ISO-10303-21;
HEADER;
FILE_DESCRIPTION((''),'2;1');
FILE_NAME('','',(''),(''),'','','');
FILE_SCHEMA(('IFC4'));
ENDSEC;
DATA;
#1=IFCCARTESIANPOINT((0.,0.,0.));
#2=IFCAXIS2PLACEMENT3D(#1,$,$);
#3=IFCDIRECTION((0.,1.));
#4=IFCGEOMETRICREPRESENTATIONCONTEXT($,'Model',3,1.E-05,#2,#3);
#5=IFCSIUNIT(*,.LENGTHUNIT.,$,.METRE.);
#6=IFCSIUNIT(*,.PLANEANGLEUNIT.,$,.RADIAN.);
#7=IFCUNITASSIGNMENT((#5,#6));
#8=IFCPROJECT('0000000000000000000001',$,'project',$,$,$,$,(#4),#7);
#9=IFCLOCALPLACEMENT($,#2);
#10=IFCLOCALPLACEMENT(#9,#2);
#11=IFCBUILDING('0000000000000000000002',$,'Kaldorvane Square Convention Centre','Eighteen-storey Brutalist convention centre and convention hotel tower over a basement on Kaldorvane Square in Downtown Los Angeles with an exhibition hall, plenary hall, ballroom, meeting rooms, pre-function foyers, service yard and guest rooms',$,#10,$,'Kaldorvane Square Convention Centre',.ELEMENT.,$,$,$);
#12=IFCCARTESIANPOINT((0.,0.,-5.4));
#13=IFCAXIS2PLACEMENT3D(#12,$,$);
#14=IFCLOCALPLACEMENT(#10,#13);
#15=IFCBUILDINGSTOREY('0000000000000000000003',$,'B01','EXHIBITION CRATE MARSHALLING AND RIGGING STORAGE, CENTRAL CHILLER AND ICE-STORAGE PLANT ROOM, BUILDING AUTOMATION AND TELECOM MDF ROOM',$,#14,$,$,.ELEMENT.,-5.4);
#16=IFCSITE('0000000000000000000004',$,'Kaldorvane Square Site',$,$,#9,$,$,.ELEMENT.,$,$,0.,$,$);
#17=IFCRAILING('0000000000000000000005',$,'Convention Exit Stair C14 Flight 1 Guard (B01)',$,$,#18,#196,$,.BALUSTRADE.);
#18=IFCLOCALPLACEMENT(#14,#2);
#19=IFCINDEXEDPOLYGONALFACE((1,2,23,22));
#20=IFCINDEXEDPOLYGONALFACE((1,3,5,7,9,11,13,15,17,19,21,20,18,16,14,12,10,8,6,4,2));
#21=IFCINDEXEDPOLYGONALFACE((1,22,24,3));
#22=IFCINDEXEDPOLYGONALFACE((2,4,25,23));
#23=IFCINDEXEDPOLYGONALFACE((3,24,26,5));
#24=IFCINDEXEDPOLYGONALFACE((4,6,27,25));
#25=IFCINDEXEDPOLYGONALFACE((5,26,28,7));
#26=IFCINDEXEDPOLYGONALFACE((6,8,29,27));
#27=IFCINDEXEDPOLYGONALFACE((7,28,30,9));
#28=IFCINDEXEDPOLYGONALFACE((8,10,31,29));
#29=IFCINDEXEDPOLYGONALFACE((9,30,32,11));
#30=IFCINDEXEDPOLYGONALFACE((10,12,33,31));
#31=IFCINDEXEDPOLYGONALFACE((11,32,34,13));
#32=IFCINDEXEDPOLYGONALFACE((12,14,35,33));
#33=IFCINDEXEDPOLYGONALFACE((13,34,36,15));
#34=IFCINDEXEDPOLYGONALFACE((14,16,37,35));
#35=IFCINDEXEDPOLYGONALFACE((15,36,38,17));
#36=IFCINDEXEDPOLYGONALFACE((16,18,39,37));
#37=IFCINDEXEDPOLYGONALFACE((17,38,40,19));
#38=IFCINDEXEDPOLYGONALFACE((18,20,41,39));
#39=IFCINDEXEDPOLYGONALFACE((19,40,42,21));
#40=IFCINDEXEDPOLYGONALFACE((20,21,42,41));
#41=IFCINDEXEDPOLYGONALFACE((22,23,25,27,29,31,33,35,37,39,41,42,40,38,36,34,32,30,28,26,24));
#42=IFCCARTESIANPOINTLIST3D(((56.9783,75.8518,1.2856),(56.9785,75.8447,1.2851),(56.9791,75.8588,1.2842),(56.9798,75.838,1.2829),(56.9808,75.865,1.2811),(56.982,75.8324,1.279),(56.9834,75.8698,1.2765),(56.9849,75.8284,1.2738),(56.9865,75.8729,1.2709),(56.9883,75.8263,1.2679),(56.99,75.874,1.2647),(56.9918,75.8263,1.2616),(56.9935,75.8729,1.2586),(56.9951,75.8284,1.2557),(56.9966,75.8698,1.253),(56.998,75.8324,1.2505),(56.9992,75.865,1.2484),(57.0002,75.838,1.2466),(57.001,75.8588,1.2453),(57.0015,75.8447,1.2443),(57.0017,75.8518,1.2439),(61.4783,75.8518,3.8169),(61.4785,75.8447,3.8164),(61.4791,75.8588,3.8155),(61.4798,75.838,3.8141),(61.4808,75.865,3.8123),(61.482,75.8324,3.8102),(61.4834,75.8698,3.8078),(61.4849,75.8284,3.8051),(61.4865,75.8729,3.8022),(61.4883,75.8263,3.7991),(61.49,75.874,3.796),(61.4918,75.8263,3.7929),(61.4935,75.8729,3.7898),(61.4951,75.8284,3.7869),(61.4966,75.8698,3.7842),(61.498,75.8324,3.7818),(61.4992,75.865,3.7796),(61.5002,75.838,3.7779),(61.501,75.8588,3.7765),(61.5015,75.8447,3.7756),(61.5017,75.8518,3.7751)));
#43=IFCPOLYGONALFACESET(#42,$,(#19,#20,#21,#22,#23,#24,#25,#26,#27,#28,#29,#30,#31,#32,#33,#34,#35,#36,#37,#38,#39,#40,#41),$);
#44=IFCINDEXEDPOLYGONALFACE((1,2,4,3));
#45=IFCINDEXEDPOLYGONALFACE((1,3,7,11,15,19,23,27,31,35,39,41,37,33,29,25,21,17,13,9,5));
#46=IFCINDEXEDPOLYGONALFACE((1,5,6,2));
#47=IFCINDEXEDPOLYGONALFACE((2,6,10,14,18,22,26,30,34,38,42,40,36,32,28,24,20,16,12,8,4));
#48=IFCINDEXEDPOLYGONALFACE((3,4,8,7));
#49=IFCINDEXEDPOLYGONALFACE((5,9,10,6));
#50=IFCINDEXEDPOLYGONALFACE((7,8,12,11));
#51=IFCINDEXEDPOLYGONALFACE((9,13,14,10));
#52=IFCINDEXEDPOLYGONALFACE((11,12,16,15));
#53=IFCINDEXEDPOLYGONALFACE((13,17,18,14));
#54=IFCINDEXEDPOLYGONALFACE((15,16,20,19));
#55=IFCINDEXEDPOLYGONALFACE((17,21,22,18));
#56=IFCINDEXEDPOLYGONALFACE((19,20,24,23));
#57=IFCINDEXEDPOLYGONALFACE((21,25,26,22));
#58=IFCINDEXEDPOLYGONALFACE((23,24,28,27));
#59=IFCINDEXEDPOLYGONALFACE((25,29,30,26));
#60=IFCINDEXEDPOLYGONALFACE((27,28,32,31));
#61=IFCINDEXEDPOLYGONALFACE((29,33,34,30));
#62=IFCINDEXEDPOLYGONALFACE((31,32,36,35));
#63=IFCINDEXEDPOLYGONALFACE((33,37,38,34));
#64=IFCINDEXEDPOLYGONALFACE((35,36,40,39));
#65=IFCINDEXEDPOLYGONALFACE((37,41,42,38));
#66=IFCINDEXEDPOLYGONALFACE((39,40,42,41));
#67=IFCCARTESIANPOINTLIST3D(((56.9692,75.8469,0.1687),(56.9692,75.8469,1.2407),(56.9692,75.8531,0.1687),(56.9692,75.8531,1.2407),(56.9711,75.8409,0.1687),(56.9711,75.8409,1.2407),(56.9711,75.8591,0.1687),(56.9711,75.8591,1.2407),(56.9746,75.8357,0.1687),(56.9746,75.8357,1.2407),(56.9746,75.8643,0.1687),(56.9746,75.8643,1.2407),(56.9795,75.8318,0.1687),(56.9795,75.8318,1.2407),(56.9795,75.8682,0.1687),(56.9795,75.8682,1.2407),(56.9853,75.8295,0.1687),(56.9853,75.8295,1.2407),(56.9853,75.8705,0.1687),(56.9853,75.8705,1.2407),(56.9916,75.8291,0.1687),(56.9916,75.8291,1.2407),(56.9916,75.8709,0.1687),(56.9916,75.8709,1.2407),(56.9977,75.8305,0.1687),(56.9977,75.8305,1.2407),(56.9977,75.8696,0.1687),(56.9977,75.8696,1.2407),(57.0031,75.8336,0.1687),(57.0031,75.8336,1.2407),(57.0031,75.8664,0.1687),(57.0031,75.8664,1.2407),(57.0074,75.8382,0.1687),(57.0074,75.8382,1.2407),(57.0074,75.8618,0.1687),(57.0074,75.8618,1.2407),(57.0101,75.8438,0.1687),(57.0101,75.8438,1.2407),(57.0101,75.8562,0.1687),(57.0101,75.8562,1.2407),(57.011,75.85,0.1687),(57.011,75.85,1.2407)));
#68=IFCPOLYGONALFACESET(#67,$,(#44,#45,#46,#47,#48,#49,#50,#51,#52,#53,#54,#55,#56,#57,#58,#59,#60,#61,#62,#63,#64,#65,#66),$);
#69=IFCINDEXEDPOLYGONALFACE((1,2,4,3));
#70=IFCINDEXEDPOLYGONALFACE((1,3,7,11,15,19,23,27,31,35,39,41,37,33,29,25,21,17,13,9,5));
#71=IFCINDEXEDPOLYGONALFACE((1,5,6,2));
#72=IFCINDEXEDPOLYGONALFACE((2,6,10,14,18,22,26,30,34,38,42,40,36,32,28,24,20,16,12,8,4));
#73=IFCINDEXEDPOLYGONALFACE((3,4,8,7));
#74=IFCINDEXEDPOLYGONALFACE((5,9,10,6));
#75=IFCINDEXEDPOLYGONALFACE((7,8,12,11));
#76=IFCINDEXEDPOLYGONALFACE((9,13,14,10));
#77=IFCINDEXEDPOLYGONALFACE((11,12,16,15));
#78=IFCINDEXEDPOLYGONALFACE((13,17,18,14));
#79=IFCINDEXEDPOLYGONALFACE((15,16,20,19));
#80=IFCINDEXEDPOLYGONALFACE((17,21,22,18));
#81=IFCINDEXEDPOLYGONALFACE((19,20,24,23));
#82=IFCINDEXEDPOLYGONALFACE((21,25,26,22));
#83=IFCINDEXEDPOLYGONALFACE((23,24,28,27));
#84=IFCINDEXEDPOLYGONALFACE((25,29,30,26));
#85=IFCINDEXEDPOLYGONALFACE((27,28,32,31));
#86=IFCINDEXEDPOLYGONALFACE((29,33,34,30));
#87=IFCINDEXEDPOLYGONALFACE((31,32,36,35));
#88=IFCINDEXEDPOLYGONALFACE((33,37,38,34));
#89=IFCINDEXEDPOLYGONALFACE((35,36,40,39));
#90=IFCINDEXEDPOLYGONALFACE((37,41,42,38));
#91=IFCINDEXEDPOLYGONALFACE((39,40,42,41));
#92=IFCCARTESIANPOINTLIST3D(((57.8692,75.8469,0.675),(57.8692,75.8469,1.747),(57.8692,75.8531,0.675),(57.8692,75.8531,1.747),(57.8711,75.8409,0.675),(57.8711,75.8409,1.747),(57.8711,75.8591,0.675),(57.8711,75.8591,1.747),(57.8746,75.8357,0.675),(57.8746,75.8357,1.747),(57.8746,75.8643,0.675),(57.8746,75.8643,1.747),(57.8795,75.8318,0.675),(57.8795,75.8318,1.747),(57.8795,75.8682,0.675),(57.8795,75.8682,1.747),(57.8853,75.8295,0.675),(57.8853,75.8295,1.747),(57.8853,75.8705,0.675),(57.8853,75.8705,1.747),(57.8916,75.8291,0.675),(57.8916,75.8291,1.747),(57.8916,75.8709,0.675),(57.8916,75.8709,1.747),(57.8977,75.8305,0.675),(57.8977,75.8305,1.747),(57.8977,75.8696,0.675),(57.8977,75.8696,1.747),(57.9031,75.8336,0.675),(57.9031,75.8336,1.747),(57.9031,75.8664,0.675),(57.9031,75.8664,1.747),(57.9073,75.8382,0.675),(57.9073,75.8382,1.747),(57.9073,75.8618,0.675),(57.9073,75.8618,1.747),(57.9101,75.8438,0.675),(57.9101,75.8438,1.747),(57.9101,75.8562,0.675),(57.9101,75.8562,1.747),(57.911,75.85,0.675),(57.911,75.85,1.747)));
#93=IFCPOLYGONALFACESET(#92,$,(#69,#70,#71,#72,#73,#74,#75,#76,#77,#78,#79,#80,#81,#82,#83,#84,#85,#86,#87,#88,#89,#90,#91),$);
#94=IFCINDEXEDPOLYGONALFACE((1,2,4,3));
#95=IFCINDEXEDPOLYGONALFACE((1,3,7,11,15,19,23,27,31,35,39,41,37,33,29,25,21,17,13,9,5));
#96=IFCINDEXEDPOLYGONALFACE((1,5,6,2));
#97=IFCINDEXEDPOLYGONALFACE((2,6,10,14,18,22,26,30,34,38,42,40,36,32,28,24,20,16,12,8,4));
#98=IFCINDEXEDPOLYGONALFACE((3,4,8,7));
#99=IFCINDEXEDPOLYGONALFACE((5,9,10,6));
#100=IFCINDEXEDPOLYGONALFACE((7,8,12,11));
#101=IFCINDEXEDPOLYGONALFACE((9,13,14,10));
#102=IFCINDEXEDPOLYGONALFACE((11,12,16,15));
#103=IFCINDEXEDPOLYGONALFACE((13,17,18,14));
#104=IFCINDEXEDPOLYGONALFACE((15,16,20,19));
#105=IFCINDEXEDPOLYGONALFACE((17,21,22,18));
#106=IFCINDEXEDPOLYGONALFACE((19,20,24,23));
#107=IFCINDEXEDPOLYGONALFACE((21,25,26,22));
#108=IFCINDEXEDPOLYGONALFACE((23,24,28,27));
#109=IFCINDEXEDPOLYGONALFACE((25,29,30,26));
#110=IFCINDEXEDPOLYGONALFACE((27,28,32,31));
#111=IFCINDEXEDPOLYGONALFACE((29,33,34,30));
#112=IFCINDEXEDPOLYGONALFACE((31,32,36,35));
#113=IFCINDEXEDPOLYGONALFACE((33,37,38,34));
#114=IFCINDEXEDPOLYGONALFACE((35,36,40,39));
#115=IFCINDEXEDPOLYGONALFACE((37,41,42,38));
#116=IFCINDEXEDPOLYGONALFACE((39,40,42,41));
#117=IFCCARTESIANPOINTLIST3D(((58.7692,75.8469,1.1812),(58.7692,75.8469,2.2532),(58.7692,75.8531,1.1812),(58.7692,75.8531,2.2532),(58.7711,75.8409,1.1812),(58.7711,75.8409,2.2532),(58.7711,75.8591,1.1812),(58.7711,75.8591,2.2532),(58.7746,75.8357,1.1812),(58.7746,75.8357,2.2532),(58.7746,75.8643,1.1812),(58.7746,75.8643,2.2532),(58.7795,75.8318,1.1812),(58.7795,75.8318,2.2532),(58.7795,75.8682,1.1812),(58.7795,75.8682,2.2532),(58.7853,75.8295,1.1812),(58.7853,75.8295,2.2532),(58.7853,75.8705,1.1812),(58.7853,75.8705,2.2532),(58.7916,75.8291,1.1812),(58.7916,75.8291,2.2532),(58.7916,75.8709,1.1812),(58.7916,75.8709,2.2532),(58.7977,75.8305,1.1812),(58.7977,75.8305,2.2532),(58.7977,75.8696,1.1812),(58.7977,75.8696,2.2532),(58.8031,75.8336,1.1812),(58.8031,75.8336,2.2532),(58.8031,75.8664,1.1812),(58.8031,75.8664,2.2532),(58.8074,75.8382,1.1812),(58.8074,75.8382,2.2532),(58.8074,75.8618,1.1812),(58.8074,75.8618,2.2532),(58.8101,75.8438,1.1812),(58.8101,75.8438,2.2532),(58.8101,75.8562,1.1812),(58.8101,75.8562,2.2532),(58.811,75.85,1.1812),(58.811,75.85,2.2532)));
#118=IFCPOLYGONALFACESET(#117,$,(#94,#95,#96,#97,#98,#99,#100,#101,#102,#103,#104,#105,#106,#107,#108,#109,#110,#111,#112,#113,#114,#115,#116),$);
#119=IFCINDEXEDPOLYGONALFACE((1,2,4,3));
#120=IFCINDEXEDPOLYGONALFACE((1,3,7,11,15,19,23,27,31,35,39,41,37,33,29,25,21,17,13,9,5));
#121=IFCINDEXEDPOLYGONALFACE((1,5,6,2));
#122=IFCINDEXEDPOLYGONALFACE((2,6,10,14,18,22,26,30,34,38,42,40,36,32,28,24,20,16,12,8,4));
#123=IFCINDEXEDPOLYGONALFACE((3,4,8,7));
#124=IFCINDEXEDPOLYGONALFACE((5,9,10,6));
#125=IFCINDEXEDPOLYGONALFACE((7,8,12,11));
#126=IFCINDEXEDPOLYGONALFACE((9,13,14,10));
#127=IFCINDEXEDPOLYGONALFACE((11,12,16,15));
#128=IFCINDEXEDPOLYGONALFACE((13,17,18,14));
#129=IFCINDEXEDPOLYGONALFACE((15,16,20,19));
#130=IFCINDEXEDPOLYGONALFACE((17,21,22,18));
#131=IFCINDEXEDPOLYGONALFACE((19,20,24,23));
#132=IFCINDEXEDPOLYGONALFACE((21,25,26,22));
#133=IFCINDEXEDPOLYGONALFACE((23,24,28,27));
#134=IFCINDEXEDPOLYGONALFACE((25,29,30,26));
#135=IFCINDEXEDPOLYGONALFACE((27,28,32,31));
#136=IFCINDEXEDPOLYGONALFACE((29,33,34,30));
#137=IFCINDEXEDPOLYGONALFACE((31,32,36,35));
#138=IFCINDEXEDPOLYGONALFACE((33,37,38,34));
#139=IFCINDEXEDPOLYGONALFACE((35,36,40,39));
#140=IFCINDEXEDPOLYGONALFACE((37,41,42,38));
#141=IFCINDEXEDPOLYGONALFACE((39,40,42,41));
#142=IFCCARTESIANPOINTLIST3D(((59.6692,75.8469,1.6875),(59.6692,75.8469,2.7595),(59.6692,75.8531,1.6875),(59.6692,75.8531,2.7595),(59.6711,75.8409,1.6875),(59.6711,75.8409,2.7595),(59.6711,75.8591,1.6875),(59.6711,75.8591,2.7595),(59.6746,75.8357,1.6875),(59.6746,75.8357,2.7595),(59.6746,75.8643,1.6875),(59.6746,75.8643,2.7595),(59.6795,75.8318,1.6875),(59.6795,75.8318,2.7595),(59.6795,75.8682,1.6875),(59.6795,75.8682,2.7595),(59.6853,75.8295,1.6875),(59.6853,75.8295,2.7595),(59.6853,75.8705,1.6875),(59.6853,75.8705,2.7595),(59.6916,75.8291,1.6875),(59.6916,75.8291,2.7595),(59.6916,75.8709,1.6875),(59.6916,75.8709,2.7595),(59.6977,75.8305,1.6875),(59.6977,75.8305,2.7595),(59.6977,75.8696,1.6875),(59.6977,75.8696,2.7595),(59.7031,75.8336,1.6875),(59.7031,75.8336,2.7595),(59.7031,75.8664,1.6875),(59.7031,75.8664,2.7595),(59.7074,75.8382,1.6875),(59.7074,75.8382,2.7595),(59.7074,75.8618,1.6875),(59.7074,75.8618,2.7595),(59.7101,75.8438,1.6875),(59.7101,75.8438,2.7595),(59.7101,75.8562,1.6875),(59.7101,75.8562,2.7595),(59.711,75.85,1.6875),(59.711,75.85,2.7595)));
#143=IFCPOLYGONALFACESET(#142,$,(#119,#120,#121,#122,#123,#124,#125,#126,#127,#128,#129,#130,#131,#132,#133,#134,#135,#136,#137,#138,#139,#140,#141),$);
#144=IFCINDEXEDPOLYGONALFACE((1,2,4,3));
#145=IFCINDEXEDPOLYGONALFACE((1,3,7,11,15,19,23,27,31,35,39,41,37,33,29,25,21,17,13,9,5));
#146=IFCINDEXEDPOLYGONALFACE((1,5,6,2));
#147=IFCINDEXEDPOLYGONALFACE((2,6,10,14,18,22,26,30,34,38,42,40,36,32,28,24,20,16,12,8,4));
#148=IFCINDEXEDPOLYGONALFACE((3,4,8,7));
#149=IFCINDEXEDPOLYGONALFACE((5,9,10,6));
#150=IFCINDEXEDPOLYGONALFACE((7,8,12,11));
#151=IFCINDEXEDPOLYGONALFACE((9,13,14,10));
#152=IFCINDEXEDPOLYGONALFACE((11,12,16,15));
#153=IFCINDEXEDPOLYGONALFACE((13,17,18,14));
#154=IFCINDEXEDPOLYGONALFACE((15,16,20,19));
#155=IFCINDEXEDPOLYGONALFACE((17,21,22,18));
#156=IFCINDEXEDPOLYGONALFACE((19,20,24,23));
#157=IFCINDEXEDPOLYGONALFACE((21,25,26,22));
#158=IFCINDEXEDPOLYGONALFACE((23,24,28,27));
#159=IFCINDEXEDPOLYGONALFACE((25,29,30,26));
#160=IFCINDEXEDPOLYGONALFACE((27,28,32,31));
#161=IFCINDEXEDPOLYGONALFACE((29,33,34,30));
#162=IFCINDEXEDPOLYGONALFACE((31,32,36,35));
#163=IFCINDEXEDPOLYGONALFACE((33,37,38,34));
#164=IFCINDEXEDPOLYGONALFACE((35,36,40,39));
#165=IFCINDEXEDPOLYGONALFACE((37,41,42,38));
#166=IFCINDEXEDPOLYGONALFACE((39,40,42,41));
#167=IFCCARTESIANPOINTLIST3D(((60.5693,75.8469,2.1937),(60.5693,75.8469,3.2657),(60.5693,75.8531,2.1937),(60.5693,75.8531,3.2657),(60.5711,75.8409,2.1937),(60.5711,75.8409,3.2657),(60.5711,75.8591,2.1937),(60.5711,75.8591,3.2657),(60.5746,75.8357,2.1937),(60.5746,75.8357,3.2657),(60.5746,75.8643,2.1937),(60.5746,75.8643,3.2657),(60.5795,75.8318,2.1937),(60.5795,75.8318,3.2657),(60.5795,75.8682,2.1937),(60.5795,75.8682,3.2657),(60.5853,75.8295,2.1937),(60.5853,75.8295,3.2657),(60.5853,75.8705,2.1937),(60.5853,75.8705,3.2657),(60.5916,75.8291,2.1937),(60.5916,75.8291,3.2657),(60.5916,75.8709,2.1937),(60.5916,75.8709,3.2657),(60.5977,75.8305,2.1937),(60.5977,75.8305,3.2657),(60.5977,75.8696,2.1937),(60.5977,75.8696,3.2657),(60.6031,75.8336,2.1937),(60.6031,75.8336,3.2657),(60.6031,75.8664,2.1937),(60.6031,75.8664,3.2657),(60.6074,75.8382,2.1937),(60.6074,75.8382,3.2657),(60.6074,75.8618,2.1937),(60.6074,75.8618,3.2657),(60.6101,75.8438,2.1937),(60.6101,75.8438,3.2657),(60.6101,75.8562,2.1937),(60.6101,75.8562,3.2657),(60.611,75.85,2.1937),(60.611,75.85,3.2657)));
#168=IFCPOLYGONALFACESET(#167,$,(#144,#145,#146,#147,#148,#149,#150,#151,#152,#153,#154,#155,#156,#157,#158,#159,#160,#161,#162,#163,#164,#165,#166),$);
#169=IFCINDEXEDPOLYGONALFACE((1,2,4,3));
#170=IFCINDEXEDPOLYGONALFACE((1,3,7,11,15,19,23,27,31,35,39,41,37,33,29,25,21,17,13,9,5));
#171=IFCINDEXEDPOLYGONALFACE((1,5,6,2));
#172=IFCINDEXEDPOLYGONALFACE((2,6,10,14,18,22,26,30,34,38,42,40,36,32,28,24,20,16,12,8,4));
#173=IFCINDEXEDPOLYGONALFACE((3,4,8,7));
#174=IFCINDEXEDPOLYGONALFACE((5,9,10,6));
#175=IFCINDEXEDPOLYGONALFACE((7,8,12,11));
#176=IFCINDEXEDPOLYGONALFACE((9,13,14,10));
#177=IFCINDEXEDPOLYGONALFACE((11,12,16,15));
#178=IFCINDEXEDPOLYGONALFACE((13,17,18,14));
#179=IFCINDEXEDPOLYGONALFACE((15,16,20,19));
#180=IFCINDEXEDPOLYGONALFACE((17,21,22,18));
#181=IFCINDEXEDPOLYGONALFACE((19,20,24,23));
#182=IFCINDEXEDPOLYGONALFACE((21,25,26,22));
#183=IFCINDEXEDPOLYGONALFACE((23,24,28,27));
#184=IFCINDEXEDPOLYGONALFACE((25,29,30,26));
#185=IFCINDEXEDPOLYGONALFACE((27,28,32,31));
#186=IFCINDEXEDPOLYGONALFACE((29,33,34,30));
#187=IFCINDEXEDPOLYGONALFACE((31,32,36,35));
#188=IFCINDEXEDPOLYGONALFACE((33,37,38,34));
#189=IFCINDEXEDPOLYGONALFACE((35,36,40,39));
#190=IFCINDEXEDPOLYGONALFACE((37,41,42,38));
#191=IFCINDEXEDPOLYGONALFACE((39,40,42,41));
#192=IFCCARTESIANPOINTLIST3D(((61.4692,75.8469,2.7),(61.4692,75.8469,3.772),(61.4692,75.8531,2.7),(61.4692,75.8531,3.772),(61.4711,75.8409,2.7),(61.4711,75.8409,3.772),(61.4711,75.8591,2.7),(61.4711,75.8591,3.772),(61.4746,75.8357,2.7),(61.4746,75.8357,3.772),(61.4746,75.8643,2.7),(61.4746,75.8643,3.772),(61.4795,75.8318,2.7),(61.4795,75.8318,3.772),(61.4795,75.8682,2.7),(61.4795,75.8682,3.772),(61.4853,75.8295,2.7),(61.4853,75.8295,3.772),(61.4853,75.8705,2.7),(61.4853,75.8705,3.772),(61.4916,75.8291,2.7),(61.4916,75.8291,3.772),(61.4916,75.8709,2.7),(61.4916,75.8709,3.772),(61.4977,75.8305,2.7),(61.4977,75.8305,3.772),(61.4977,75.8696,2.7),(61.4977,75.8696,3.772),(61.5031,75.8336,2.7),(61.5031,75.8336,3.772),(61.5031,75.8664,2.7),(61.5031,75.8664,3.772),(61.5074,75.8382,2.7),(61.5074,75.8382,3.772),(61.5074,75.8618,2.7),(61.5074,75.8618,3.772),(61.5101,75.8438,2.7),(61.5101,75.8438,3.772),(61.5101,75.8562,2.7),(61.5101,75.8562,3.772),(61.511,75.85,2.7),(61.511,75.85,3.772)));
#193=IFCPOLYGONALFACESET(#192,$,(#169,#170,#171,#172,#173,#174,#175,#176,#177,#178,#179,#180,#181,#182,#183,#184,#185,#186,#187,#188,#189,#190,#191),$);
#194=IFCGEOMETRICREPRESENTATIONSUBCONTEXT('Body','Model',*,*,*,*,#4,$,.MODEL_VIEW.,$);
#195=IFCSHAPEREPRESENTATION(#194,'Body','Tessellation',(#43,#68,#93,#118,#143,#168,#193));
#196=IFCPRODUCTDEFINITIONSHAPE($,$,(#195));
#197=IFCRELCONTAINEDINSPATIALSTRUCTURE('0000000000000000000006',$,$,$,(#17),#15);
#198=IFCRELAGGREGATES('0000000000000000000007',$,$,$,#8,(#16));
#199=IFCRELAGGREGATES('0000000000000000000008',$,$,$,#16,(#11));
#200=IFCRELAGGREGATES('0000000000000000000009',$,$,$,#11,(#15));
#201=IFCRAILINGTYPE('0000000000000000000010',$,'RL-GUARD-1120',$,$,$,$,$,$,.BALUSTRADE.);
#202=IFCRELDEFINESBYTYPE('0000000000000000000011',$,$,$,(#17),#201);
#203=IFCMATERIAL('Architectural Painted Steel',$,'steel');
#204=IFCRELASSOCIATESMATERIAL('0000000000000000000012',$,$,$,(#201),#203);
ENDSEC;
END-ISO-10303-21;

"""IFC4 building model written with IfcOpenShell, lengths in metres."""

from ifc_helpers import new_model, si_unit, direction, frame, origin, origin_2d, place, context, subcontext, project, spatial, circle, extrude, material, type_object, element, save


model = new_model("IFC4")

# Units and contexts
model_context = context("Model", 3, precision=1e-05, world=origin(), true_north=direction((0.0, 1.0)))
body_context = subcontext(model_context, "Body", "Model", "MODEL_VIEW")
ifc_project = project(units=[si_unit("LENGTHUNIT", "METRE"), si_unit("PLANEANGLEUNIT", "RADIAN")], contexts=[model_context])

# Site, building, storey
site_placement = place(None, origin())
site = spatial("IfcSite", under=ifc_project, at=site_placement, Name="Kaldorvane Square Site", CompositionType="ELEMENT", RefElevation=0.0)
building_placement = place(site_placement, origin())
building = spatial("IfcBuilding", under=site, at=building_placement, Name="Kaldorvane Square Convention Centre", Description="Eighteen-storey Brutalist convention centre and convention hotel tower over a basement on Kaldorvane Square in Downtown Los Angeles with an exhibition hall, plenary hall, ballroom, meeting rooms, pre-function foyers, service yard and guest rooms", LongName="Kaldorvane Square Convention Centre", CompositionType="ELEMENT")
storey_placement = place(building_placement, frame((0.0, 0.0, -5.4)))
storey = spatial("IfcBuildingStorey", under=building, at=storey_placement, Name="B01", Description="EXHIBITION CRATE MARSHALLING AND RIGGING STORAGE, CENTRAL CHILLER AND ICE-STORAGE PLANT ROOM, BUILDING AUTOMATION AND TELECOM MDF ROOM", CompositionType="ELEMENT", Elevation=-5.4)

# Railing
ifc_material_1 = material(Name="Architectural Painted Steel", Category="steel")
railing_type_1 = type_object("IfcRailingType", Name="RL-GUARD-1120", PredefinedType="BALUSTRADE", material=ifc_material_1)
railing_1_placement = place(storey_placement, frame((56.99, 75.85, 0.1687)))
element("IfcRailing", 1, at=railing_1_placement, inside=storey, type_object=railing_type_1, Name="Convention Exit Stair C14 Flight 1 Guard (B01)", PredefinedType="BALUSTRADE", context=body_context, shape_type="SweptSolid", body=[
    extrude(circle(Radius=0.024, at=origin_2d()), frame((0.0, 0.0, 1.096), z_axis=(0.871576, 0.0, 0.490261), x_axis=(0.0, 1.0, 0.0)), (0.0, 0.0, 1.0), 5.1631),
    extrude(circle(Radius=0.021, at=origin_2d()), origin(), (0.0, 0.0, 1.0), 1.072),
    extrude(circle(Radius=0.021, at=origin_2d()), frame((0.9, 0.0, 0.5063)), (0.0, 0.0, 1.0), 1.072),
    extrude(circle(Radius=0.021, at=origin_2d()), frame((1.8, 0.0, 1.0125)), (0.0, 0.0, 1.0), 1.072),
    extrude(circle(Radius=0.021, at=origin_2d()), frame((2.7, 0.0, 1.5188)), (0.0, 0.0, 1.0), 1.072),
    extrude(circle(Radius=0.021, at=origin_2d()), frame((3.6, 0.0, 2.025)), (0.0, 0.0, 1.0), 1.072),
    extrude(circle(Radius=0.021, at=origin_2d()), frame((4.5, 0.0, 2.5312)), (0.0, 0.0, 1.0), 1.072),
])

save(model, "model.ifc")
